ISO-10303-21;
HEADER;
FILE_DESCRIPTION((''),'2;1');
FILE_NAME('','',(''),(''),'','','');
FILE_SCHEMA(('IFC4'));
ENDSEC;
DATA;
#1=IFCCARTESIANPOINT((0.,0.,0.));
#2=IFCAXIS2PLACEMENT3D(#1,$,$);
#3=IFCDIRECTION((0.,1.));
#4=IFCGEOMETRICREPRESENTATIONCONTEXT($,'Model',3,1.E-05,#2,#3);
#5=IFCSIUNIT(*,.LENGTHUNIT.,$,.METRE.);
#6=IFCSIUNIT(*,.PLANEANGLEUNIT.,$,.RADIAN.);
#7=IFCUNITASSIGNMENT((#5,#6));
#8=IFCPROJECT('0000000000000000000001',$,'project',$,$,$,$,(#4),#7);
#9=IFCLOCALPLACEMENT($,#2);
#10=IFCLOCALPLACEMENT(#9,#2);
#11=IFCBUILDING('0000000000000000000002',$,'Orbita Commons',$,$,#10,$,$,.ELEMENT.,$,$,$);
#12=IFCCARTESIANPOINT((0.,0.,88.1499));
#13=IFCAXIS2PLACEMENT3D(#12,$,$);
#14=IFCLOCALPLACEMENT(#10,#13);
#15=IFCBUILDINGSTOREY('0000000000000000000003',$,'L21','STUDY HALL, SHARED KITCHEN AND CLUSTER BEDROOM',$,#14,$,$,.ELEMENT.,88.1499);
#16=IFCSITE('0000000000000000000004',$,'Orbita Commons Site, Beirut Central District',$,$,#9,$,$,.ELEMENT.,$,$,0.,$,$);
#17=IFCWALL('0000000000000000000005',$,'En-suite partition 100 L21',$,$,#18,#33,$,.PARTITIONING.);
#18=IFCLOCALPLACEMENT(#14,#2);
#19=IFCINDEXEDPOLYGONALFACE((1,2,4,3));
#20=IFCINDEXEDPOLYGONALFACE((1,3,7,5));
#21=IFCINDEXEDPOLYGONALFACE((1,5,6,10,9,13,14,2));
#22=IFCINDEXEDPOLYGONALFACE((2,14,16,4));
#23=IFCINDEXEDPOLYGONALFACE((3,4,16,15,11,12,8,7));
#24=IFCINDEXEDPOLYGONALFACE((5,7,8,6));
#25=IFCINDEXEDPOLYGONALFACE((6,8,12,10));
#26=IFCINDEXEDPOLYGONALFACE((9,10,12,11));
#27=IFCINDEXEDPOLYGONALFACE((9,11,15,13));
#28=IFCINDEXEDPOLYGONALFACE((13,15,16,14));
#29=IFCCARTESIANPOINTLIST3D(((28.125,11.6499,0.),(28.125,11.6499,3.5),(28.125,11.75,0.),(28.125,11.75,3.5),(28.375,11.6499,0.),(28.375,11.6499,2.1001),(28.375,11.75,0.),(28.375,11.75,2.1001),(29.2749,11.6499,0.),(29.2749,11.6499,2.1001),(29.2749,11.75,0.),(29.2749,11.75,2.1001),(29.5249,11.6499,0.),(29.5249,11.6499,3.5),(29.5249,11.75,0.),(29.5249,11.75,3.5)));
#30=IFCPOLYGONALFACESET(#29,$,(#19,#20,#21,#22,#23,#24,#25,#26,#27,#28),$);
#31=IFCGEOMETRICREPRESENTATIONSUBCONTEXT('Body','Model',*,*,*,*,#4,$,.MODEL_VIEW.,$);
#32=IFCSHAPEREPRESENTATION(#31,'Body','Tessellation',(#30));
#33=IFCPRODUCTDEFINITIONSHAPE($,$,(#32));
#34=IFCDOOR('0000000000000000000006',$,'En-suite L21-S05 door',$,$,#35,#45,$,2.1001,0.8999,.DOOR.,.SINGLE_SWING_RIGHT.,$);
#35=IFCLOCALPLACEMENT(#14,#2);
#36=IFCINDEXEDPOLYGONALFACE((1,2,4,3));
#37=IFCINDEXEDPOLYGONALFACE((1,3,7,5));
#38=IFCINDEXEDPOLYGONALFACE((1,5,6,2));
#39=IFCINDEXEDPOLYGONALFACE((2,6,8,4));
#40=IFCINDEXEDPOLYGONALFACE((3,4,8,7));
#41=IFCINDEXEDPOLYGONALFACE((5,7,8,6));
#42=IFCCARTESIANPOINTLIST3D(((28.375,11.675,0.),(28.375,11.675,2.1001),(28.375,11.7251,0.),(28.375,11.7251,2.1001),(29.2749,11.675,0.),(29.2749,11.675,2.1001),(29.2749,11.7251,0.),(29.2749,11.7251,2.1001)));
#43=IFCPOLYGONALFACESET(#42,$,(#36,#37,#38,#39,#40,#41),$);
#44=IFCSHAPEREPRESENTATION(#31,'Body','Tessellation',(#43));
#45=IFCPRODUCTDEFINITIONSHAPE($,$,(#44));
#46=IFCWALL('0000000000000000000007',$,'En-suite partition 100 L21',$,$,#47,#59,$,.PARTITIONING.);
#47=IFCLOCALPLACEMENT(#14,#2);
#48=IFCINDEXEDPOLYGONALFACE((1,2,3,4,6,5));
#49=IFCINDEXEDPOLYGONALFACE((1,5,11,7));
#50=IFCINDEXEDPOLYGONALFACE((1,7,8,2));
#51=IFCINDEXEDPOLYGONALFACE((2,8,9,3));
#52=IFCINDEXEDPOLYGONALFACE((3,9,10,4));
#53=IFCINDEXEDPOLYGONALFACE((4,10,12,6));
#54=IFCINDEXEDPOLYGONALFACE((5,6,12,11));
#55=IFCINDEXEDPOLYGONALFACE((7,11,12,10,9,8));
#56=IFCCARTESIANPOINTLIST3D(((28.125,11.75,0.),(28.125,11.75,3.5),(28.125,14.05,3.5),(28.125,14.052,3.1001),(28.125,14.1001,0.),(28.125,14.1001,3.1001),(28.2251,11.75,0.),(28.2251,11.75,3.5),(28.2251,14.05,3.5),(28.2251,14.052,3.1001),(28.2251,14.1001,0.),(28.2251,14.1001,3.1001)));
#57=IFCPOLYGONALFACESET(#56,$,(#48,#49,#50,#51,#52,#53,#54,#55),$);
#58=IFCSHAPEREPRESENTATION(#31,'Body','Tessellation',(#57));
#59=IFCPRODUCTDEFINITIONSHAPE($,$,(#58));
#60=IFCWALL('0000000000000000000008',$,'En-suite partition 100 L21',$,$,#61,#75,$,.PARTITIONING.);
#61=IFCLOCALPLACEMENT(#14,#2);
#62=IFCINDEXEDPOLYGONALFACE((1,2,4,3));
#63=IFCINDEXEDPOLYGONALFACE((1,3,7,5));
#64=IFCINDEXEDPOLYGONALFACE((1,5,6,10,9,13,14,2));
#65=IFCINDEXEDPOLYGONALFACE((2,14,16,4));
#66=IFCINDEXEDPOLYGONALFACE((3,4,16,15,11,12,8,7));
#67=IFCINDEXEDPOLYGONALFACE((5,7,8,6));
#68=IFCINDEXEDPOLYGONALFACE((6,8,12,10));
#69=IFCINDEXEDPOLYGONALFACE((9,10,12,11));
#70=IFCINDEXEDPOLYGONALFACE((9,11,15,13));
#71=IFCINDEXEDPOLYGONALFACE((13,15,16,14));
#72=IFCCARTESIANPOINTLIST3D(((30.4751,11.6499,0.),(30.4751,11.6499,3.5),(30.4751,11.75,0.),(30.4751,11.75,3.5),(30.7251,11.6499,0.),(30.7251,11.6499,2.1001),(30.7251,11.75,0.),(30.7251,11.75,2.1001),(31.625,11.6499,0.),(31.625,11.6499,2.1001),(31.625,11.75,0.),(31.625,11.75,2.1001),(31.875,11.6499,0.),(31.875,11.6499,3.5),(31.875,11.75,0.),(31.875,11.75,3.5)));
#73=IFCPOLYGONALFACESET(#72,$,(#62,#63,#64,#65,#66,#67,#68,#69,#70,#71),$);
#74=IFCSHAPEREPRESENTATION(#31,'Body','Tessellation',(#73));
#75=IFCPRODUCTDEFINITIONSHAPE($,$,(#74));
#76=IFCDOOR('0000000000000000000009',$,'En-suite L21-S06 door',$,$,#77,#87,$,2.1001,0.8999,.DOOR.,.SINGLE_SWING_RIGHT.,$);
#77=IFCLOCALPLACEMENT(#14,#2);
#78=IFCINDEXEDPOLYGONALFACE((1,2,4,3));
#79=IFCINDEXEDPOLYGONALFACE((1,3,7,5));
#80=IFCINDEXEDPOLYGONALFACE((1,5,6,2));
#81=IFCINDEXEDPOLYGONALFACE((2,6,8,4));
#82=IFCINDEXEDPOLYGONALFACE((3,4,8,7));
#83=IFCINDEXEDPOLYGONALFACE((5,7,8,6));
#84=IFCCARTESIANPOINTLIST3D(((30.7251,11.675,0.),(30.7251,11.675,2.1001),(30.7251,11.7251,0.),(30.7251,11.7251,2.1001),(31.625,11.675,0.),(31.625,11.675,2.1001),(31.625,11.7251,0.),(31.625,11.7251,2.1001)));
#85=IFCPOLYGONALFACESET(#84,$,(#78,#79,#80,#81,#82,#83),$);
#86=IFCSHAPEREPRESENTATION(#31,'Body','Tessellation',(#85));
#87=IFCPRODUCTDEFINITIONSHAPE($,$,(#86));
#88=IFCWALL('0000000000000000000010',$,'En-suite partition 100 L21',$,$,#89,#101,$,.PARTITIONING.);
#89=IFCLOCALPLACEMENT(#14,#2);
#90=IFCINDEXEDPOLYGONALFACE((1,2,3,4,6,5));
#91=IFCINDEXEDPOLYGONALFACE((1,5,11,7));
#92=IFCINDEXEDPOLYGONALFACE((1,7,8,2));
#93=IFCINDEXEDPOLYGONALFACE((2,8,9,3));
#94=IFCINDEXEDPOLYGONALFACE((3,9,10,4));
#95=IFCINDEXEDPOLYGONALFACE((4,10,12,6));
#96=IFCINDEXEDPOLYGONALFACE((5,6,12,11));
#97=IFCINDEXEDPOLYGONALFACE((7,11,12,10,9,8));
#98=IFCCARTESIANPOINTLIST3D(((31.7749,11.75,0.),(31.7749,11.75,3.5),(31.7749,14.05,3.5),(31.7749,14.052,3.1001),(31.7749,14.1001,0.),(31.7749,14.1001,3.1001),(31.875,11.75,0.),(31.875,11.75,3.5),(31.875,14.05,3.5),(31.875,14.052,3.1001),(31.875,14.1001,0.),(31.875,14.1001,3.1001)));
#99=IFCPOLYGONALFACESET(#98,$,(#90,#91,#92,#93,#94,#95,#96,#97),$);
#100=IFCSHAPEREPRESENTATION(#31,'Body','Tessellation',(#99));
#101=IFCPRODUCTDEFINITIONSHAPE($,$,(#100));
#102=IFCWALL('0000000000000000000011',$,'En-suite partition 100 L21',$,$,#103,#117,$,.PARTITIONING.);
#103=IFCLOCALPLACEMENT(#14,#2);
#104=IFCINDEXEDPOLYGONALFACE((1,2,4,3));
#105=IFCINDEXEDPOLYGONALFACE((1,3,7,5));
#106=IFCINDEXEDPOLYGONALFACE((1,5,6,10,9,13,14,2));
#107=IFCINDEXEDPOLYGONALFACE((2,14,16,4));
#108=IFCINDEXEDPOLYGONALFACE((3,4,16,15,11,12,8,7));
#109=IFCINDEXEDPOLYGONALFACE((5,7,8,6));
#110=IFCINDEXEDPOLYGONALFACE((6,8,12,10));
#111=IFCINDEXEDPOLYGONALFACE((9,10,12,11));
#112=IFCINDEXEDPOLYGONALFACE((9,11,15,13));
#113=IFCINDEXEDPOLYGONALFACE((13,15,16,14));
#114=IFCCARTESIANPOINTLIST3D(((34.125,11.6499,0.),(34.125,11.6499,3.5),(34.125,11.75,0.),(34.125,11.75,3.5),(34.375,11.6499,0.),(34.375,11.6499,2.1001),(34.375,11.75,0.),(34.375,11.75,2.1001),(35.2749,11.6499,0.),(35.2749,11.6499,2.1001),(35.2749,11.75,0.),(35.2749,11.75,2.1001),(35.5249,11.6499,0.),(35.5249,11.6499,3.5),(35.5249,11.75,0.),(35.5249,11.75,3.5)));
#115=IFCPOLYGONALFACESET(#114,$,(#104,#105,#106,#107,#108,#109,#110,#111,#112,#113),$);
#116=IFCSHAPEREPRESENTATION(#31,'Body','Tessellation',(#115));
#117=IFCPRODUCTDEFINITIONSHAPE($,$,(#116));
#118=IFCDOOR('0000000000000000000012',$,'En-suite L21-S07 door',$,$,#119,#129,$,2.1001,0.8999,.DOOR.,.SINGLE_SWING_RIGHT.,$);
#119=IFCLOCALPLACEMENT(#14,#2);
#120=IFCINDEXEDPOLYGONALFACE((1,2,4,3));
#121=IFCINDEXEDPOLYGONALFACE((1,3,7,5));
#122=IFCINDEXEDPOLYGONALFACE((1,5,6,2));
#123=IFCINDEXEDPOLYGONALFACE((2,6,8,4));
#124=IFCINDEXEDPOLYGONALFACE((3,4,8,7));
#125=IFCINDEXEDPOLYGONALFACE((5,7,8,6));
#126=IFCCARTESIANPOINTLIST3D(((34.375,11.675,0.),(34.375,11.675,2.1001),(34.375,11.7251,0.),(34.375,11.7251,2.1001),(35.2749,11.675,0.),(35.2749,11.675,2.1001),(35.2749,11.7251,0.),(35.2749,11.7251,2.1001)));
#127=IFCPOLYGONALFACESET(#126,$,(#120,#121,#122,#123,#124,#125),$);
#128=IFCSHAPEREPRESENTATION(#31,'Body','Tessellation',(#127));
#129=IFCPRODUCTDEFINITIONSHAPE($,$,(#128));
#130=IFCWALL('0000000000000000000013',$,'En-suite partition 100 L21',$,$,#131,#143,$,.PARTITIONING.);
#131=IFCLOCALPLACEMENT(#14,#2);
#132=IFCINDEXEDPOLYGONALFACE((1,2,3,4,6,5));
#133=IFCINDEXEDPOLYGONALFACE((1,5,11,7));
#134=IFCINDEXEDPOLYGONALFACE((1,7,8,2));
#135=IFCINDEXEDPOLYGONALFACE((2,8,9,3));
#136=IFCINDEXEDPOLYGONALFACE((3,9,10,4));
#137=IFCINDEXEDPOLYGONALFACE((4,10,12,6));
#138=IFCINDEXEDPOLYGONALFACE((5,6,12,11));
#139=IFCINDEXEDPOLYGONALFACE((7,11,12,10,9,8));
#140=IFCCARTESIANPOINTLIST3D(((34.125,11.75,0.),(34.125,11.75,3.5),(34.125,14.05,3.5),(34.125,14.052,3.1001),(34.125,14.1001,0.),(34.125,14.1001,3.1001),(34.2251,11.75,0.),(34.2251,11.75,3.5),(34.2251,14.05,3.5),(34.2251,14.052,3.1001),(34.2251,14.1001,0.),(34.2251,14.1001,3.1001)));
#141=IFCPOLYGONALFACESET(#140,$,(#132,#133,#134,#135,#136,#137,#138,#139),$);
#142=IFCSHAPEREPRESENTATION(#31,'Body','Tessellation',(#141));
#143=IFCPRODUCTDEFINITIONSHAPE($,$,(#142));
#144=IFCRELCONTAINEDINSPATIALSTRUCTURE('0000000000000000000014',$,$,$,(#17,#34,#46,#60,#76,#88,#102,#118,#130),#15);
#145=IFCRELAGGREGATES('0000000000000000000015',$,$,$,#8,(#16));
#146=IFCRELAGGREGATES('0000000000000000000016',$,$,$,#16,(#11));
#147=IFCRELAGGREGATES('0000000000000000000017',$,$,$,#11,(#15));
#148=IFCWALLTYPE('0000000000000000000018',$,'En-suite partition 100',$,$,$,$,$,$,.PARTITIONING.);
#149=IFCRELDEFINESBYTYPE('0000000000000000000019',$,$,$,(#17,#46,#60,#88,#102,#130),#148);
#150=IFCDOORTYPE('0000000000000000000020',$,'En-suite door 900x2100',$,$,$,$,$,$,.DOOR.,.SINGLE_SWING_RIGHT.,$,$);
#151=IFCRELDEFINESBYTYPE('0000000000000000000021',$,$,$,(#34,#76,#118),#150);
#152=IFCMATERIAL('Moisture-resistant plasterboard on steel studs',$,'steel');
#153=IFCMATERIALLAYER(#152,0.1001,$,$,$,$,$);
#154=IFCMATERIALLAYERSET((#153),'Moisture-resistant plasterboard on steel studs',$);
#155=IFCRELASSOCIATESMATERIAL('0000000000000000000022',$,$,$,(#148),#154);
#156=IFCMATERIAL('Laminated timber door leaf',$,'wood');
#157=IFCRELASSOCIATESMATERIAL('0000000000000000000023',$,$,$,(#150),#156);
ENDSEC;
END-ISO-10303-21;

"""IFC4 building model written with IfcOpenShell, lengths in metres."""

from ifc_helpers import new_model, si_unit, direction, frame, frame_2d, origin, place, context, subcontext, project, spatial, polyline, rectangle, outline, extrude, material, layer, layer_set, type_object, element, fill, save


model = new_model("IFC4")

# Units and contexts
model_context = context("Model", 3, precision=1e-05, world=origin(), true_north=direction((0.0, 1.0)))
body_context = subcontext(model_context, "Body", "Model", "MODEL_VIEW")
ifc_project = project(units=[si_unit("LENGTHUNIT", "METRE"), si_unit("PLANEANGLEUNIT", "RADIAN")], contexts=[model_context])

# Site, building, storey
site_placement = place(None, origin())
site = spatial("IfcSite", under=ifc_project, at=site_placement, Name="Orbita Commons Site, Beirut Central District", CompositionType="ELEMENT", RefElevation=0.0)
building_placement = place(site_placement, origin())
building = spatial("IfcBuilding", under=site, at=building_placement, Name="Orbita Commons", CompositionType="ELEMENT")
storey_placement = place(building_placement, frame((0.0, 0.0, 88.1499)))
storey = spatial("IfcBuildingStorey", under=building, at=storey_placement, Name="L21", Description="STUDY HALL, SHARED KITCHEN AND CLUSTER BEDROOM", CompositionType="ELEMENT", Elevation=88.1499)

# Shared definitions
ifc_material_1 = material(Name="Moisture-resistant plasterboard on steel studs", Category="steel")
ifc_layer = layer(ifc_material_1, 0.1001)
ifc_layer_set = layer_set([ifc_layer], Name="Moisture-resistant plasterboard on steel studs")
wall_type = type_object("IfcWallType", Name="En-suite partition 100", PredefinedType="PARTITIONING", material=ifc_layer_set)
ifc_material_2 = material(Name="Laminated timber door leaf", Category="wood")
door_type = type_object("IfcDoorType", Name="En-suite door 900x2100", OperationType="SINGLE_SWING_RIGHT", PredefinedType="DOOR", material=ifc_material_2)

# Wall, opening, door
wall_1_placement = place(storey_placement, frame((29.5249, 11.7, 0.0), z_axis=(0.0, 0.0, 1.0), x_axis=(-1.0, 0.0, 0.0)))
wall_1 = element("IfcWall", 1, at=wall_1_placement, inside=storey, type_object=wall_type, Name="En-suite partition 100 L21", PredefinedType="PARTITIONING", context=body_context, shape_type="SweptSolid", body=[
    extrude(rectangle(XDim=1.3999, YDim=0.1001, at=frame_2d((0.7, 0.0))), origin(), (0.0, 0.0, 1.0), 3.5),
])
opening_1_placement = place(wall_1_placement, frame((0.25, 0.0, 0.0)))
opening_1 = element("IfcOpeningElement", 2, at=opening_1_placement, cuts=wall_1, PredefinedType="OPENING", context=body_context, shape_type="SweptSolid", body=[
    extrude(rectangle(XDim=0.8999, YDim=2.1001, at=frame_2d((0.45, 1.05))), frame((0.0, 0.0601, 0.0), z_axis=(0.0, -1.0, 0.0), x_axis=(1.0, 0.0, 0.0)), (0.0, 0.0, 1.0), 0.1201),
])
door_1_placement = place(opening_1_placement, origin())
door_1 = element("IfcDoor", 3, at=door_1_placement, inside=storey, type_object=door_type, Name="En-suite L21-S05 door", OperationType="SINGLE_SWING_RIGHT", OverallHeight=2.1001, OverallWidth=0.8999, PredefinedType="DOOR", context=body_context, shape_type="SweptSolid", body=[
    extrude(rectangle(XDim=0.8999, YDim=2.1001, at=frame_2d((0.45, 1.05))), frame((0.0, 0.0249, 0.0), z_axis=(0.0, -1.0, 0.0), x_axis=(1.0, 0.0, 0.0)), (0.0, 0.0, 1.0), 0.05),
])
fill(opening_1, door_1)

# Wall
wall_2_placement = place(storey_placement, frame((28.175, 11.75, 0.0), z_axis=(0.0, 0.0, 1.0), x_axis=(0.0, 1.0, 0.0)))
element("IfcWall", 4, at=wall_2_placement, inside=storey, type_object=wall_type, Name="En-suite partition 100 L21", PredefinedType="PARTITIONING", context=body_context, shape_type="SweptSolid", body=[
    extrude(outline(polyline([(0.0, 0.0), (2.3501, 0.0), (2.3501, 3.1001), (2.302, 3.1001), (2.3, 3.5), (0.0, 3.5), (0.0, 0.0)])), frame((0.0, 0.05, 0.0), z_axis=(0.0, -1.0, 0.0), x_axis=(1.0, 0.0, 0.0)), (0.0, 0.0, 1.0), 0.1001),
])

# Wall, opening, door
wall_3_placement = place(storey_placement, frame((31.875, 11.7, 0.0), z_axis=(0.0, 0.0, 1.0), x_axis=(-1.0, 0.0, 0.0)))
wall_3 = element("IfcWall", 5, at=wall_3_placement, inside=storey, type_object=wall_type, Name="En-suite partition 100 L21", PredefinedType="PARTITIONING", context=body_context, shape_type="SweptSolid", body=[
    extrude(rectangle(XDim=1.3999, YDim=0.1001, at=frame_2d((0.7, 0.0))), origin(), (0.0, 0.0, 1.0), 3.5),
])
opening_2_placement = place(wall_3_placement, frame((0.25, 0.0, 0.0)))
opening_2 = element("IfcOpeningElement", 6, at=opening_2_placement, cuts=wall_3, PredefinedType="OPENING", context=body_context, shape_type="SweptSolid", body=[
    extrude(rectangle(XDim=0.8999, YDim=2.1001, at=frame_2d((0.45, 1.05))), frame((0.0, 0.0601, 0.0), z_axis=(0.0, -1.0, 0.0), x_axis=(1.0, 0.0, 0.0)), (0.0, 0.0, 1.0), 0.1201),
])
door_2_placement = place(opening_2_placement, origin())
door_2 = element("IfcDoor", 7, at=door_2_placement, inside=storey, type_object=door_type, Name="En-suite L21-S06 door", OperationType="SINGLE_SWING_RIGHT", OverallHeight=2.1001, OverallWidth=0.8999, PredefinedType="DOOR", context=body_context, shape_type="SweptSolid", body=[
    extrude(rectangle(XDim=0.8999, YDim=2.1001, at=frame_2d((0.45, 1.05))), frame((0.0, 0.0249, 0.0), z_axis=(0.0, -1.0, 0.0), x_axis=(1.0, 0.0, 0.0)), (0.0, 0.0, 1.0), 0.05),
])
fill(opening_2, door_2)

# Wall
wall_4_placement = place(storey_placement, frame((31.825, 11.75, 0.0), z_axis=(0.0, 0.0, 1.0), x_axis=(0.0, 1.0, 0.0)))
element("IfcWall", 8, at=wall_4_placement, inside=storey, type_object=wall_type, Name="En-suite partition 100 L21", PredefinedType="PARTITIONING", context=body_context, shape_type="SweptSolid", body=[
    extrude(outline(polyline([(0.0, 0.0), (2.3501, 0.0), (2.3501, 3.1001), (2.302, 3.1001), (2.3, 3.5), (0.0, 3.5), (0.0, 0.0)])), frame((0.0, 0.05, 0.0), z_axis=(0.0, -1.0, 0.0), x_axis=(1.0, 0.0, 0.0)), (0.0, 0.0, 1.0), 0.1001),
])

# Wall, opening, door
wall_5_placement = place(storey_placement, frame((35.5249, 11.7, 0.0), z_axis=(0.0, 0.0, 1.0), x_axis=(-1.0, 0.0, 0.0)))
wall_5 = element("IfcWall", 9, at=wall_5_placement, inside=storey, type_object=wall_type, Name="En-suite partition 100 L21", PredefinedType="PARTITIONING", context=body_context, shape_type="SweptSolid", body=[
    extrude(rectangle(XDim=1.3999, YDim=0.1001, at=frame_2d((0.7, 0.0))), origin(), (0.0, 0.0, 1.0), 3.5),
])
opening_3_placement = place(wall_5_placement, frame((0.25, 0.0, 0.0)))
opening_3 = element("IfcOpeningElement", 10, at=opening_3_placement, cuts=wall_5, PredefinedType="OPENING", context=body_context, shape_type="SweptSolid", body=[
    extrude(rectangle(XDim=0.8999, YDim=2.1001, at=frame_2d((0.45, 1.05))), frame((0.0, 0.0601, 0.0), z_axis=(0.0, -1.0, 0.0), x_axis=(1.0, 0.0, 0.0)), (0.0, 0.0, 1.0), 0.1201),
])
door_3_placement = place(opening_3_placement, origin())
door_3 = element("IfcDoor", 11, at=door_3_placement, inside=storey, type_object=door_type, Name="En-suite L21-S07 door", OperationType="SINGLE_SWING_RIGHT", OverallHeight=2.1001, OverallWidth=0.8999, PredefinedType="DOOR", context=body_context, shape_type="SweptSolid", body=[
    extrude(rectangle(XDim=0.8999, YDim=2.1001, at=frame_2d((0.45, 1.05))), frame((0.0, 0.0249, 0.0), z_axis=(0.0, -1.0, 0.0), x_axis=(1.0, 0.0, 0.0)), (0.0, 0.0, 1.0), 0.05),
])
fill(opening_3, door_3)

# Wall
wall_6_placement = place(storey_placement, frame((34.175, 11.75, 0.0), z_axis=(0.0, 0.0, 1.0), x_axis=(0.0, 1.0, 0.0)))
element("IfcWall", 12, at=wall_6_placement, inside=storey, type_object=wall_type, Name="En-suite partition 100 L21", PredefinedType="PARTITIONING", context=body_context, shape_type="SweptSolid", body=[
    extrude(outline(polyline([(0.0, 0.0), (2.3501, 0.0), (2.3501, 3.1001), (2.302, 3.1001), (2.3, 3.5), (0.0, 3.5), (0.0, 0.0)])), frame((0.0, 0.05, 0.0), z_axis=(0.0, -1.0, 0.0), x_axis=(1.0, 0.0, 0.0)), (0.0, 0.0, 1.0), 0.1001),
])

save(model, "model.ifc")
